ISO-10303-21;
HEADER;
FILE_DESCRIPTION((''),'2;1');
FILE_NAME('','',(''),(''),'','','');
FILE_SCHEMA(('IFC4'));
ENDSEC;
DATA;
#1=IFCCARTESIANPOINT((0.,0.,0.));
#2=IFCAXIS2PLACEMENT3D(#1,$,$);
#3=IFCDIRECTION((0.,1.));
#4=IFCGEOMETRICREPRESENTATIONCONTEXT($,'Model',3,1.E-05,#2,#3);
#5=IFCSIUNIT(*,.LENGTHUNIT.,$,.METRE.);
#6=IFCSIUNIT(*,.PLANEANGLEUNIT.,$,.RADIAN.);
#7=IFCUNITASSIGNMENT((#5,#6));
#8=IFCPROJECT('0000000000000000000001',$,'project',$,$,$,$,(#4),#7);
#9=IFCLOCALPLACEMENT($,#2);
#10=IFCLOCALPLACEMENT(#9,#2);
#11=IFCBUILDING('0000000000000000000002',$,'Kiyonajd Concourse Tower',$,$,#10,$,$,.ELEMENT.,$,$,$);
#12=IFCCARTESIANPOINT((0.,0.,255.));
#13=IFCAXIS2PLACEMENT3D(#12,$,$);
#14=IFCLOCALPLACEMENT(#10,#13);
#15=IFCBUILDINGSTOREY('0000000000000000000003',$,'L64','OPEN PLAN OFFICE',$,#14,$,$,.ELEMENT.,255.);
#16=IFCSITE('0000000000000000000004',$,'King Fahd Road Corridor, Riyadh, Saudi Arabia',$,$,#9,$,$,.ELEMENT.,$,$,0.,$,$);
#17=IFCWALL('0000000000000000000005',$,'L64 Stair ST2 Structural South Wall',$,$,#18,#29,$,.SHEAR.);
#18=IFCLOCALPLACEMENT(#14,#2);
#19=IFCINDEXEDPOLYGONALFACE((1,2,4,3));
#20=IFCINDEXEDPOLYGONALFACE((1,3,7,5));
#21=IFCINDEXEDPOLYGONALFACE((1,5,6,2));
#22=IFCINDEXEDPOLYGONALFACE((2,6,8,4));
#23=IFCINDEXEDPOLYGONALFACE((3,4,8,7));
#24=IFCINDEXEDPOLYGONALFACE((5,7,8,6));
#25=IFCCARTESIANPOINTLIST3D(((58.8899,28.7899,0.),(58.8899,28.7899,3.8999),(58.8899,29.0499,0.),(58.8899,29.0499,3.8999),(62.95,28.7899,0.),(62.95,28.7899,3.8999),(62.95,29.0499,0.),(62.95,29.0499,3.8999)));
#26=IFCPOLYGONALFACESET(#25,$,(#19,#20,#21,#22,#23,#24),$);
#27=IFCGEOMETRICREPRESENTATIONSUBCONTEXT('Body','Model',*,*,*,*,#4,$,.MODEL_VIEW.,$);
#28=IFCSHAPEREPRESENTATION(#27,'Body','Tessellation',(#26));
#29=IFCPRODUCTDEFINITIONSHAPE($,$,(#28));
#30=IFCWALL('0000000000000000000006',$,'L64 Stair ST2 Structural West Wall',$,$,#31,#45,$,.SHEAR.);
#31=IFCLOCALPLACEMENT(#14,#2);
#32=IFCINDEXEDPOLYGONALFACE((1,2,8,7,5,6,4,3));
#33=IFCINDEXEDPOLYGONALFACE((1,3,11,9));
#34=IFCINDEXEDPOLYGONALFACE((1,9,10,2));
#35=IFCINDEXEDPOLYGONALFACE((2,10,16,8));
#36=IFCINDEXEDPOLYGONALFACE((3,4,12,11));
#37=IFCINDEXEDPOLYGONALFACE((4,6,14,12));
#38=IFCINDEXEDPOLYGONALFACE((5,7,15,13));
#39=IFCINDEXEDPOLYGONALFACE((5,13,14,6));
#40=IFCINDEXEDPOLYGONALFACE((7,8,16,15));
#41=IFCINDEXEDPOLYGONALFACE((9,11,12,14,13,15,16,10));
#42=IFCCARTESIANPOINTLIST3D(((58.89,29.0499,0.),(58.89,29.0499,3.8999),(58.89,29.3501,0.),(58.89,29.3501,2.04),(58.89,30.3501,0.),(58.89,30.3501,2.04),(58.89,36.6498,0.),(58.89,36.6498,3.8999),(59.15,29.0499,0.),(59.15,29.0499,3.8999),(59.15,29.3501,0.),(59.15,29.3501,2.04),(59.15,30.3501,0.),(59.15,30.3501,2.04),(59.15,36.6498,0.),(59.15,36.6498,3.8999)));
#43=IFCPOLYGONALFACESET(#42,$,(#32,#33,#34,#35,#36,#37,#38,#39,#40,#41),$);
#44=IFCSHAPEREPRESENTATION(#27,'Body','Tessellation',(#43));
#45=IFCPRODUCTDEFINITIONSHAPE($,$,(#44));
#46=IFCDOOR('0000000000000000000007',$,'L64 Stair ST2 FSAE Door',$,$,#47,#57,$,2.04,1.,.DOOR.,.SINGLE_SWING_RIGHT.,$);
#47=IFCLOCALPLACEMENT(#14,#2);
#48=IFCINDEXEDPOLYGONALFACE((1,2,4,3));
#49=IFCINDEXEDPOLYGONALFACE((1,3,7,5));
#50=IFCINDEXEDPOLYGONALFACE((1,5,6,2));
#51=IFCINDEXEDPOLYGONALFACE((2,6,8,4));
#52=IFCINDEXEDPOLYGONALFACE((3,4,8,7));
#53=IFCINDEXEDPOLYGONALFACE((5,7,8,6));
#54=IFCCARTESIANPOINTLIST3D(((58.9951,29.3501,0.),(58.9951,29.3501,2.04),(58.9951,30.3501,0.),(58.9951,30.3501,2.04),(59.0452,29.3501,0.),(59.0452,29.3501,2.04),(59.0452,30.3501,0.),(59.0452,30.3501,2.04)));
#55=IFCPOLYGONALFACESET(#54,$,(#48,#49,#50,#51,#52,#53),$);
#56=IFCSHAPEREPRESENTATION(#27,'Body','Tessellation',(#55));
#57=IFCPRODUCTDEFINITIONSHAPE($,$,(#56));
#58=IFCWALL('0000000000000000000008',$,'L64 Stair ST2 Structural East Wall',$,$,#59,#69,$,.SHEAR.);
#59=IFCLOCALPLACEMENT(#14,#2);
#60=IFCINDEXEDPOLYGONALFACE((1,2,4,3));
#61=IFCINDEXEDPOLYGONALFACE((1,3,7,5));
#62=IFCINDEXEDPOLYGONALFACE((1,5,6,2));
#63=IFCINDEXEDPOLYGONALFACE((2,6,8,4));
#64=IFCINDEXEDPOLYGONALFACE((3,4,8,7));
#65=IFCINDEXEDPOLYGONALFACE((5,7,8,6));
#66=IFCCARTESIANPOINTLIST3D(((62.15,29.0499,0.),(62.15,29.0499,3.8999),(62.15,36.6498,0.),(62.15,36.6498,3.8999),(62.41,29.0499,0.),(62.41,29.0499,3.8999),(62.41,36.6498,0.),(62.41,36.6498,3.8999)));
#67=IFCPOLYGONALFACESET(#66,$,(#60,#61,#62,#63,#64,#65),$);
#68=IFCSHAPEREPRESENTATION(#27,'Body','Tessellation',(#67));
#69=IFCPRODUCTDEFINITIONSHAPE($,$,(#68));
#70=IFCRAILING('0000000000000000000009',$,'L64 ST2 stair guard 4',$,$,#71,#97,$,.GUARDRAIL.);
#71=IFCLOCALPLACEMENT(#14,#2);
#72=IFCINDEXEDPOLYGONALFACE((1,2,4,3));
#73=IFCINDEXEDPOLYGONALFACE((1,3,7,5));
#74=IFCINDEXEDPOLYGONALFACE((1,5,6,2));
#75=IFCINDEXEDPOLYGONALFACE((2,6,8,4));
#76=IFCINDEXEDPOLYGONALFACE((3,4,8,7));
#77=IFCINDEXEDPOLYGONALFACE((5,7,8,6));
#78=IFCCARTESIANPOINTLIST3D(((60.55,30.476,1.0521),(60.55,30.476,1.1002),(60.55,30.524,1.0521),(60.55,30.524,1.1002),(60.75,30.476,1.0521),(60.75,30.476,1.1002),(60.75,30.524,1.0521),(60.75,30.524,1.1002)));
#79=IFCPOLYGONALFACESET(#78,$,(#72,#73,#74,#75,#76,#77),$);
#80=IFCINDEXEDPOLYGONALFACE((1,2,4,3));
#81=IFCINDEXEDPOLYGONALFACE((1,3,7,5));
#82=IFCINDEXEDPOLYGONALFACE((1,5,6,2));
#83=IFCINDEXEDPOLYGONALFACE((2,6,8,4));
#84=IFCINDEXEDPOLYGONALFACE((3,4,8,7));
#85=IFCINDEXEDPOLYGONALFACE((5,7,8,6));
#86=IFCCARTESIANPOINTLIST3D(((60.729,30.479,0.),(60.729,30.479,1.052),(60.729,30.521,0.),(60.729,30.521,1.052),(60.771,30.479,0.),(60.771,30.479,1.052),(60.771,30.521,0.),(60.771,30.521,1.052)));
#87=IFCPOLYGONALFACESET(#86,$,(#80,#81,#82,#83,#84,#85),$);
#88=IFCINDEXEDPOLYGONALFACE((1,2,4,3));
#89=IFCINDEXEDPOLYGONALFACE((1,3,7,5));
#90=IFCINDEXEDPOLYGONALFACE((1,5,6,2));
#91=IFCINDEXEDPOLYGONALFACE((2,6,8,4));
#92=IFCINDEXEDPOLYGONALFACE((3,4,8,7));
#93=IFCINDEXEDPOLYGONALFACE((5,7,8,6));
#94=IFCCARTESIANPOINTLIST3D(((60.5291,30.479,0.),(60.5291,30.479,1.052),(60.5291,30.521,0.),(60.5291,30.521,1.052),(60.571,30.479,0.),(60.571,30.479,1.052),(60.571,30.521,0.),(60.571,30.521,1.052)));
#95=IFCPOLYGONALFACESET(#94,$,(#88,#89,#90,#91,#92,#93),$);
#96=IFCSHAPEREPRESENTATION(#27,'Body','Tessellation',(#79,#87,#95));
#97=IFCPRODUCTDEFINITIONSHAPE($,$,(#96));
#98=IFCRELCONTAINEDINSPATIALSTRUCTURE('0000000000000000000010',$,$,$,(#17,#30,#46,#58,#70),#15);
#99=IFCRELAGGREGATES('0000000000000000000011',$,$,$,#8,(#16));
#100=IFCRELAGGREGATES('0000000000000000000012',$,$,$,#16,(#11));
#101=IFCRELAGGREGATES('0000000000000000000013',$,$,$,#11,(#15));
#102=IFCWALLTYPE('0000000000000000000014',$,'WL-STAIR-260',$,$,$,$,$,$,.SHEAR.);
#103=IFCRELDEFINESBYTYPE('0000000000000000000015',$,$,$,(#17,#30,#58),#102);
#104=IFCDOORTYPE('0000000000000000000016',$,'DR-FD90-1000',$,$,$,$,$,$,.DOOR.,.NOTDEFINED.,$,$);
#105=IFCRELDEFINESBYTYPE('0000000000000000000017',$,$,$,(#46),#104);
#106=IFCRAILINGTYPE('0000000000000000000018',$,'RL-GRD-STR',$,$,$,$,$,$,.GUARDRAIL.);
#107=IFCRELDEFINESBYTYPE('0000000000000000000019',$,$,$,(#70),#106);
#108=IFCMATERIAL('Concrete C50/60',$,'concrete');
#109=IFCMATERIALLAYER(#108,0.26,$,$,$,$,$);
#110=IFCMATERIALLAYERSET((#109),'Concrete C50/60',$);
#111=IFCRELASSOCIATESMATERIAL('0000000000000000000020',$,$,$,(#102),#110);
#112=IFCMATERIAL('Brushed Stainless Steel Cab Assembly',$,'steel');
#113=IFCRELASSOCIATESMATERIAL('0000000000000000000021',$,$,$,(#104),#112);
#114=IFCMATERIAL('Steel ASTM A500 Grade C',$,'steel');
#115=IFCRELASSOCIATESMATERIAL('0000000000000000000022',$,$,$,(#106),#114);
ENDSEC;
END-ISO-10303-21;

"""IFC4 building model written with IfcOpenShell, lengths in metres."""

from ifc_helpers import new_model, si_unit, direction, frame, frame_2d, origin, origin_2d, place, context, subcontext, project, spatial, rectangle, extrude, material, layer, layer_set, type_object, element, fill, save


model = new_model("IFC4")

# Units and contexts
model_context = context("Model", 3, precision=1e-05, world=origin(), true_north=direction((0.0, 1.0)))
body_context = subcontext(model_context, "Body", "Model", "MODEL_VIEW")
ifc_project = project(units=[si_unit("LENGTHUNIT", "METRE"), si_unit("PLANEANGLEUNIT", "RADIAN")], contexts=[model_context])

# Site, building, storey
site_placement = place(None, origin())
site = spatial("IfcSite", under=ifc_project, at=site_placement, Name="King Fahd Road Corridor, Riyadh, Saudi Arabia", CompositionType="ELEMENT", RefElevation=0.0)
building_placement = place(site_placement, origin())
building = spatial("IfcBuilding", under=site, at=building_placement, Name="Kiyonajd Concourse Tower", CompositionType="ELEMENT")
storey_placement = place(building_placement, frame((0.0, 0.0, 255.0)))
storey = spatial("IfcBuildingStorey", under=building, at=storey_placement, Name="L64", Description="OPEN PLAN OFFICE", CompositionType="ELEMENT", Elevation=255.0)

# Shared definitions
ifc_material_1 = material(Name="Brushed Stainless Steel Cab Assembly", Category="steel")

# Wall
ifc_material_2 = material(Name="Concrete C50/60", Category="concrete")
ifc_layer_1 = layer(ifc_material_2, 0.26)
ifc_layer_set_1 = layer_set([ifc_layer_1], Name="Concrete C50/60")
wall_type_1 = type_object("IfcWallType", Name="WL-STAIR-260", PredefinedType="SHEAR", material=ifc_layer_set_1)
wall_1_placement = place(storey_placement, frame((58.8899, 28.9199, 0.0), z_axis=(0.0, 0.0, 1.0), x_axis=(1.0, 0.0, 0.0)))
element("IfcWall", 1, at=wall_1_placement, inside=storey, type_object=wall_type_1, Name="L64 Stair ST2 Structural South Wall", PredefinedType="SHEAR", context=body_context, shape_type="SweptSolid", body=[
    extrude(rectangle(XDim=4.0601, YDim=0.26, at=frame_2d((2.03, 0.0))), origin(), (0.0, 0.0, 1.0), 3.8999),
])

# Wall, opening, door
wall_2_placement = place(storey_placement, frame((59.02, 29.05, 0.0), z_axis=(0.0, 0.0, 1.0), x_axis=(0.0, 1.0, 0.0)))
wall_2 = element("IfcWall", 2, at=wall_2_placement, inside=storey, type_object=wall_type_1, Name="L64 Stair ST2 Structural West Wall", PredefinedType="SHEAR", context=body_context, shape_type="SweptSolid", body=[
    extrude(rectangle(XDim=7.5999, YDim=0.26, at=frame_2d((3.7998, 0.0))), origin(), (0.0, 0.0, 1.0), 3.8999),
])
opening_1_placement = place(wall_2_placement, frame((0.3, 0.0, 0.0)))
opening_1 = element("IfcOpeningElement", 3, at=opening_1_placement, cuts=wall_2, PredefinedType="OPENING", context=body_context, shape_type="SweptSolid", body=[
    extrude(rectangle(XDim=1.0, YDim=2.04, at=frame_2d((0.5, 1.02))), frame((0.0, 0.1399, 0.0), z_axis=(0.0, -1.0, 0.0), x_axis=(1.0, 0.0, 0.0)), (0.0, 0.0, 1.0), 0.28),
])
door_type_1 = type_object("IfcDoorType", Name="DR-FD90-1000", OperationType="NOTDEFINED", PredefinedType="DOOR", material=ifc_material_1)
door_1_placement = place(opening_1_placement, origin())
door_1 = element("IfcDoor", 4, at=door_1_placement, inside=storey, type_object=door_type_1, Name="L64 Stair ST2 FSAE Door", OperationType="SINGLE_SWING_RIGHT", OverallHeight=2.04, OverallWidth=1.0, PredefinedType="DOOR", context=body_context, shape_type="SweptSolid", body=[
    extrude(rectangle(XDim=1.0, YDim=2.04, at=frame_2d((0.5, 1.02))), frame((0.0, 0.0249, 0.0), z_axis=(0.0, -1.0, 0.0), x_axis=(1.0, 0.0, 0.0)), (0.0, 0.0, 1.0), 0.05),
])
fill(opening_1, door_1)

# Wall
wall_3_placement = place(storey_placement, frame((62.28, 29.05, 0.0), z_axis=(0.0, 0.0, 1.0), x_axis=(0.0, 1.0, 0.0)))
element("IfcWall", 5, at=wall_3_placement, inside=storey, type_object=wall_type_1, Name="L64 Stair ST2 Structural East Wall", PredefinedType="SHEAR", context=body_context, shape_type="SweptSolid", body=[
    extrude(rectangle(XDim=7.5999, YDim=0.26, at=frame_2d((3.7998, 0.0))), origin(), (0.0, 0.0, 1.0), 3.8999),
])

# Railing
ifc_material_3 = material(Name="Steel ASTM A500 Grade C", Category="steel")
railing_type = type_object("IfcRailingType", Name="RL-GRD-STR", PredefinedType="GUARDRAIL", material=ifc_material_3)
railing_placement = place(storey_placement, frame((60.75, 30.5, 0.0)))
element("IfcRailing", 6, at=railing_placement, inside=storey, type_object=railing_type, Name="L64 ST2 stair guard 4", PredefinedType="GUARDRAIL", context=body_context, shape_type="SweptSolid", body=[
    extrude(rectangle(XDim=0.0481, YDim=0.0481, at=origin_2d()), frame((0.0, 0.0, 1.0762), z_axis=(-1.0, 0.0, 0.0), x_axis=(0.0, -1.0, 0.0)), (0.0, 0.0, 1.0), 0.2),
    extrude(rectangle(XDim=0.042, YDim=0.042, at=origin_2d()), origin(), (0.0, 0.0, 1.0), 1.052),
    extrude(rectangle(XDim=0.042, YDim=0.042, at=origin_2d()), frame((-0.2, 0.0, 0.0)), (0.0, 0.0, 1.0), 1.052),
])

save(model, "model.ifc")
